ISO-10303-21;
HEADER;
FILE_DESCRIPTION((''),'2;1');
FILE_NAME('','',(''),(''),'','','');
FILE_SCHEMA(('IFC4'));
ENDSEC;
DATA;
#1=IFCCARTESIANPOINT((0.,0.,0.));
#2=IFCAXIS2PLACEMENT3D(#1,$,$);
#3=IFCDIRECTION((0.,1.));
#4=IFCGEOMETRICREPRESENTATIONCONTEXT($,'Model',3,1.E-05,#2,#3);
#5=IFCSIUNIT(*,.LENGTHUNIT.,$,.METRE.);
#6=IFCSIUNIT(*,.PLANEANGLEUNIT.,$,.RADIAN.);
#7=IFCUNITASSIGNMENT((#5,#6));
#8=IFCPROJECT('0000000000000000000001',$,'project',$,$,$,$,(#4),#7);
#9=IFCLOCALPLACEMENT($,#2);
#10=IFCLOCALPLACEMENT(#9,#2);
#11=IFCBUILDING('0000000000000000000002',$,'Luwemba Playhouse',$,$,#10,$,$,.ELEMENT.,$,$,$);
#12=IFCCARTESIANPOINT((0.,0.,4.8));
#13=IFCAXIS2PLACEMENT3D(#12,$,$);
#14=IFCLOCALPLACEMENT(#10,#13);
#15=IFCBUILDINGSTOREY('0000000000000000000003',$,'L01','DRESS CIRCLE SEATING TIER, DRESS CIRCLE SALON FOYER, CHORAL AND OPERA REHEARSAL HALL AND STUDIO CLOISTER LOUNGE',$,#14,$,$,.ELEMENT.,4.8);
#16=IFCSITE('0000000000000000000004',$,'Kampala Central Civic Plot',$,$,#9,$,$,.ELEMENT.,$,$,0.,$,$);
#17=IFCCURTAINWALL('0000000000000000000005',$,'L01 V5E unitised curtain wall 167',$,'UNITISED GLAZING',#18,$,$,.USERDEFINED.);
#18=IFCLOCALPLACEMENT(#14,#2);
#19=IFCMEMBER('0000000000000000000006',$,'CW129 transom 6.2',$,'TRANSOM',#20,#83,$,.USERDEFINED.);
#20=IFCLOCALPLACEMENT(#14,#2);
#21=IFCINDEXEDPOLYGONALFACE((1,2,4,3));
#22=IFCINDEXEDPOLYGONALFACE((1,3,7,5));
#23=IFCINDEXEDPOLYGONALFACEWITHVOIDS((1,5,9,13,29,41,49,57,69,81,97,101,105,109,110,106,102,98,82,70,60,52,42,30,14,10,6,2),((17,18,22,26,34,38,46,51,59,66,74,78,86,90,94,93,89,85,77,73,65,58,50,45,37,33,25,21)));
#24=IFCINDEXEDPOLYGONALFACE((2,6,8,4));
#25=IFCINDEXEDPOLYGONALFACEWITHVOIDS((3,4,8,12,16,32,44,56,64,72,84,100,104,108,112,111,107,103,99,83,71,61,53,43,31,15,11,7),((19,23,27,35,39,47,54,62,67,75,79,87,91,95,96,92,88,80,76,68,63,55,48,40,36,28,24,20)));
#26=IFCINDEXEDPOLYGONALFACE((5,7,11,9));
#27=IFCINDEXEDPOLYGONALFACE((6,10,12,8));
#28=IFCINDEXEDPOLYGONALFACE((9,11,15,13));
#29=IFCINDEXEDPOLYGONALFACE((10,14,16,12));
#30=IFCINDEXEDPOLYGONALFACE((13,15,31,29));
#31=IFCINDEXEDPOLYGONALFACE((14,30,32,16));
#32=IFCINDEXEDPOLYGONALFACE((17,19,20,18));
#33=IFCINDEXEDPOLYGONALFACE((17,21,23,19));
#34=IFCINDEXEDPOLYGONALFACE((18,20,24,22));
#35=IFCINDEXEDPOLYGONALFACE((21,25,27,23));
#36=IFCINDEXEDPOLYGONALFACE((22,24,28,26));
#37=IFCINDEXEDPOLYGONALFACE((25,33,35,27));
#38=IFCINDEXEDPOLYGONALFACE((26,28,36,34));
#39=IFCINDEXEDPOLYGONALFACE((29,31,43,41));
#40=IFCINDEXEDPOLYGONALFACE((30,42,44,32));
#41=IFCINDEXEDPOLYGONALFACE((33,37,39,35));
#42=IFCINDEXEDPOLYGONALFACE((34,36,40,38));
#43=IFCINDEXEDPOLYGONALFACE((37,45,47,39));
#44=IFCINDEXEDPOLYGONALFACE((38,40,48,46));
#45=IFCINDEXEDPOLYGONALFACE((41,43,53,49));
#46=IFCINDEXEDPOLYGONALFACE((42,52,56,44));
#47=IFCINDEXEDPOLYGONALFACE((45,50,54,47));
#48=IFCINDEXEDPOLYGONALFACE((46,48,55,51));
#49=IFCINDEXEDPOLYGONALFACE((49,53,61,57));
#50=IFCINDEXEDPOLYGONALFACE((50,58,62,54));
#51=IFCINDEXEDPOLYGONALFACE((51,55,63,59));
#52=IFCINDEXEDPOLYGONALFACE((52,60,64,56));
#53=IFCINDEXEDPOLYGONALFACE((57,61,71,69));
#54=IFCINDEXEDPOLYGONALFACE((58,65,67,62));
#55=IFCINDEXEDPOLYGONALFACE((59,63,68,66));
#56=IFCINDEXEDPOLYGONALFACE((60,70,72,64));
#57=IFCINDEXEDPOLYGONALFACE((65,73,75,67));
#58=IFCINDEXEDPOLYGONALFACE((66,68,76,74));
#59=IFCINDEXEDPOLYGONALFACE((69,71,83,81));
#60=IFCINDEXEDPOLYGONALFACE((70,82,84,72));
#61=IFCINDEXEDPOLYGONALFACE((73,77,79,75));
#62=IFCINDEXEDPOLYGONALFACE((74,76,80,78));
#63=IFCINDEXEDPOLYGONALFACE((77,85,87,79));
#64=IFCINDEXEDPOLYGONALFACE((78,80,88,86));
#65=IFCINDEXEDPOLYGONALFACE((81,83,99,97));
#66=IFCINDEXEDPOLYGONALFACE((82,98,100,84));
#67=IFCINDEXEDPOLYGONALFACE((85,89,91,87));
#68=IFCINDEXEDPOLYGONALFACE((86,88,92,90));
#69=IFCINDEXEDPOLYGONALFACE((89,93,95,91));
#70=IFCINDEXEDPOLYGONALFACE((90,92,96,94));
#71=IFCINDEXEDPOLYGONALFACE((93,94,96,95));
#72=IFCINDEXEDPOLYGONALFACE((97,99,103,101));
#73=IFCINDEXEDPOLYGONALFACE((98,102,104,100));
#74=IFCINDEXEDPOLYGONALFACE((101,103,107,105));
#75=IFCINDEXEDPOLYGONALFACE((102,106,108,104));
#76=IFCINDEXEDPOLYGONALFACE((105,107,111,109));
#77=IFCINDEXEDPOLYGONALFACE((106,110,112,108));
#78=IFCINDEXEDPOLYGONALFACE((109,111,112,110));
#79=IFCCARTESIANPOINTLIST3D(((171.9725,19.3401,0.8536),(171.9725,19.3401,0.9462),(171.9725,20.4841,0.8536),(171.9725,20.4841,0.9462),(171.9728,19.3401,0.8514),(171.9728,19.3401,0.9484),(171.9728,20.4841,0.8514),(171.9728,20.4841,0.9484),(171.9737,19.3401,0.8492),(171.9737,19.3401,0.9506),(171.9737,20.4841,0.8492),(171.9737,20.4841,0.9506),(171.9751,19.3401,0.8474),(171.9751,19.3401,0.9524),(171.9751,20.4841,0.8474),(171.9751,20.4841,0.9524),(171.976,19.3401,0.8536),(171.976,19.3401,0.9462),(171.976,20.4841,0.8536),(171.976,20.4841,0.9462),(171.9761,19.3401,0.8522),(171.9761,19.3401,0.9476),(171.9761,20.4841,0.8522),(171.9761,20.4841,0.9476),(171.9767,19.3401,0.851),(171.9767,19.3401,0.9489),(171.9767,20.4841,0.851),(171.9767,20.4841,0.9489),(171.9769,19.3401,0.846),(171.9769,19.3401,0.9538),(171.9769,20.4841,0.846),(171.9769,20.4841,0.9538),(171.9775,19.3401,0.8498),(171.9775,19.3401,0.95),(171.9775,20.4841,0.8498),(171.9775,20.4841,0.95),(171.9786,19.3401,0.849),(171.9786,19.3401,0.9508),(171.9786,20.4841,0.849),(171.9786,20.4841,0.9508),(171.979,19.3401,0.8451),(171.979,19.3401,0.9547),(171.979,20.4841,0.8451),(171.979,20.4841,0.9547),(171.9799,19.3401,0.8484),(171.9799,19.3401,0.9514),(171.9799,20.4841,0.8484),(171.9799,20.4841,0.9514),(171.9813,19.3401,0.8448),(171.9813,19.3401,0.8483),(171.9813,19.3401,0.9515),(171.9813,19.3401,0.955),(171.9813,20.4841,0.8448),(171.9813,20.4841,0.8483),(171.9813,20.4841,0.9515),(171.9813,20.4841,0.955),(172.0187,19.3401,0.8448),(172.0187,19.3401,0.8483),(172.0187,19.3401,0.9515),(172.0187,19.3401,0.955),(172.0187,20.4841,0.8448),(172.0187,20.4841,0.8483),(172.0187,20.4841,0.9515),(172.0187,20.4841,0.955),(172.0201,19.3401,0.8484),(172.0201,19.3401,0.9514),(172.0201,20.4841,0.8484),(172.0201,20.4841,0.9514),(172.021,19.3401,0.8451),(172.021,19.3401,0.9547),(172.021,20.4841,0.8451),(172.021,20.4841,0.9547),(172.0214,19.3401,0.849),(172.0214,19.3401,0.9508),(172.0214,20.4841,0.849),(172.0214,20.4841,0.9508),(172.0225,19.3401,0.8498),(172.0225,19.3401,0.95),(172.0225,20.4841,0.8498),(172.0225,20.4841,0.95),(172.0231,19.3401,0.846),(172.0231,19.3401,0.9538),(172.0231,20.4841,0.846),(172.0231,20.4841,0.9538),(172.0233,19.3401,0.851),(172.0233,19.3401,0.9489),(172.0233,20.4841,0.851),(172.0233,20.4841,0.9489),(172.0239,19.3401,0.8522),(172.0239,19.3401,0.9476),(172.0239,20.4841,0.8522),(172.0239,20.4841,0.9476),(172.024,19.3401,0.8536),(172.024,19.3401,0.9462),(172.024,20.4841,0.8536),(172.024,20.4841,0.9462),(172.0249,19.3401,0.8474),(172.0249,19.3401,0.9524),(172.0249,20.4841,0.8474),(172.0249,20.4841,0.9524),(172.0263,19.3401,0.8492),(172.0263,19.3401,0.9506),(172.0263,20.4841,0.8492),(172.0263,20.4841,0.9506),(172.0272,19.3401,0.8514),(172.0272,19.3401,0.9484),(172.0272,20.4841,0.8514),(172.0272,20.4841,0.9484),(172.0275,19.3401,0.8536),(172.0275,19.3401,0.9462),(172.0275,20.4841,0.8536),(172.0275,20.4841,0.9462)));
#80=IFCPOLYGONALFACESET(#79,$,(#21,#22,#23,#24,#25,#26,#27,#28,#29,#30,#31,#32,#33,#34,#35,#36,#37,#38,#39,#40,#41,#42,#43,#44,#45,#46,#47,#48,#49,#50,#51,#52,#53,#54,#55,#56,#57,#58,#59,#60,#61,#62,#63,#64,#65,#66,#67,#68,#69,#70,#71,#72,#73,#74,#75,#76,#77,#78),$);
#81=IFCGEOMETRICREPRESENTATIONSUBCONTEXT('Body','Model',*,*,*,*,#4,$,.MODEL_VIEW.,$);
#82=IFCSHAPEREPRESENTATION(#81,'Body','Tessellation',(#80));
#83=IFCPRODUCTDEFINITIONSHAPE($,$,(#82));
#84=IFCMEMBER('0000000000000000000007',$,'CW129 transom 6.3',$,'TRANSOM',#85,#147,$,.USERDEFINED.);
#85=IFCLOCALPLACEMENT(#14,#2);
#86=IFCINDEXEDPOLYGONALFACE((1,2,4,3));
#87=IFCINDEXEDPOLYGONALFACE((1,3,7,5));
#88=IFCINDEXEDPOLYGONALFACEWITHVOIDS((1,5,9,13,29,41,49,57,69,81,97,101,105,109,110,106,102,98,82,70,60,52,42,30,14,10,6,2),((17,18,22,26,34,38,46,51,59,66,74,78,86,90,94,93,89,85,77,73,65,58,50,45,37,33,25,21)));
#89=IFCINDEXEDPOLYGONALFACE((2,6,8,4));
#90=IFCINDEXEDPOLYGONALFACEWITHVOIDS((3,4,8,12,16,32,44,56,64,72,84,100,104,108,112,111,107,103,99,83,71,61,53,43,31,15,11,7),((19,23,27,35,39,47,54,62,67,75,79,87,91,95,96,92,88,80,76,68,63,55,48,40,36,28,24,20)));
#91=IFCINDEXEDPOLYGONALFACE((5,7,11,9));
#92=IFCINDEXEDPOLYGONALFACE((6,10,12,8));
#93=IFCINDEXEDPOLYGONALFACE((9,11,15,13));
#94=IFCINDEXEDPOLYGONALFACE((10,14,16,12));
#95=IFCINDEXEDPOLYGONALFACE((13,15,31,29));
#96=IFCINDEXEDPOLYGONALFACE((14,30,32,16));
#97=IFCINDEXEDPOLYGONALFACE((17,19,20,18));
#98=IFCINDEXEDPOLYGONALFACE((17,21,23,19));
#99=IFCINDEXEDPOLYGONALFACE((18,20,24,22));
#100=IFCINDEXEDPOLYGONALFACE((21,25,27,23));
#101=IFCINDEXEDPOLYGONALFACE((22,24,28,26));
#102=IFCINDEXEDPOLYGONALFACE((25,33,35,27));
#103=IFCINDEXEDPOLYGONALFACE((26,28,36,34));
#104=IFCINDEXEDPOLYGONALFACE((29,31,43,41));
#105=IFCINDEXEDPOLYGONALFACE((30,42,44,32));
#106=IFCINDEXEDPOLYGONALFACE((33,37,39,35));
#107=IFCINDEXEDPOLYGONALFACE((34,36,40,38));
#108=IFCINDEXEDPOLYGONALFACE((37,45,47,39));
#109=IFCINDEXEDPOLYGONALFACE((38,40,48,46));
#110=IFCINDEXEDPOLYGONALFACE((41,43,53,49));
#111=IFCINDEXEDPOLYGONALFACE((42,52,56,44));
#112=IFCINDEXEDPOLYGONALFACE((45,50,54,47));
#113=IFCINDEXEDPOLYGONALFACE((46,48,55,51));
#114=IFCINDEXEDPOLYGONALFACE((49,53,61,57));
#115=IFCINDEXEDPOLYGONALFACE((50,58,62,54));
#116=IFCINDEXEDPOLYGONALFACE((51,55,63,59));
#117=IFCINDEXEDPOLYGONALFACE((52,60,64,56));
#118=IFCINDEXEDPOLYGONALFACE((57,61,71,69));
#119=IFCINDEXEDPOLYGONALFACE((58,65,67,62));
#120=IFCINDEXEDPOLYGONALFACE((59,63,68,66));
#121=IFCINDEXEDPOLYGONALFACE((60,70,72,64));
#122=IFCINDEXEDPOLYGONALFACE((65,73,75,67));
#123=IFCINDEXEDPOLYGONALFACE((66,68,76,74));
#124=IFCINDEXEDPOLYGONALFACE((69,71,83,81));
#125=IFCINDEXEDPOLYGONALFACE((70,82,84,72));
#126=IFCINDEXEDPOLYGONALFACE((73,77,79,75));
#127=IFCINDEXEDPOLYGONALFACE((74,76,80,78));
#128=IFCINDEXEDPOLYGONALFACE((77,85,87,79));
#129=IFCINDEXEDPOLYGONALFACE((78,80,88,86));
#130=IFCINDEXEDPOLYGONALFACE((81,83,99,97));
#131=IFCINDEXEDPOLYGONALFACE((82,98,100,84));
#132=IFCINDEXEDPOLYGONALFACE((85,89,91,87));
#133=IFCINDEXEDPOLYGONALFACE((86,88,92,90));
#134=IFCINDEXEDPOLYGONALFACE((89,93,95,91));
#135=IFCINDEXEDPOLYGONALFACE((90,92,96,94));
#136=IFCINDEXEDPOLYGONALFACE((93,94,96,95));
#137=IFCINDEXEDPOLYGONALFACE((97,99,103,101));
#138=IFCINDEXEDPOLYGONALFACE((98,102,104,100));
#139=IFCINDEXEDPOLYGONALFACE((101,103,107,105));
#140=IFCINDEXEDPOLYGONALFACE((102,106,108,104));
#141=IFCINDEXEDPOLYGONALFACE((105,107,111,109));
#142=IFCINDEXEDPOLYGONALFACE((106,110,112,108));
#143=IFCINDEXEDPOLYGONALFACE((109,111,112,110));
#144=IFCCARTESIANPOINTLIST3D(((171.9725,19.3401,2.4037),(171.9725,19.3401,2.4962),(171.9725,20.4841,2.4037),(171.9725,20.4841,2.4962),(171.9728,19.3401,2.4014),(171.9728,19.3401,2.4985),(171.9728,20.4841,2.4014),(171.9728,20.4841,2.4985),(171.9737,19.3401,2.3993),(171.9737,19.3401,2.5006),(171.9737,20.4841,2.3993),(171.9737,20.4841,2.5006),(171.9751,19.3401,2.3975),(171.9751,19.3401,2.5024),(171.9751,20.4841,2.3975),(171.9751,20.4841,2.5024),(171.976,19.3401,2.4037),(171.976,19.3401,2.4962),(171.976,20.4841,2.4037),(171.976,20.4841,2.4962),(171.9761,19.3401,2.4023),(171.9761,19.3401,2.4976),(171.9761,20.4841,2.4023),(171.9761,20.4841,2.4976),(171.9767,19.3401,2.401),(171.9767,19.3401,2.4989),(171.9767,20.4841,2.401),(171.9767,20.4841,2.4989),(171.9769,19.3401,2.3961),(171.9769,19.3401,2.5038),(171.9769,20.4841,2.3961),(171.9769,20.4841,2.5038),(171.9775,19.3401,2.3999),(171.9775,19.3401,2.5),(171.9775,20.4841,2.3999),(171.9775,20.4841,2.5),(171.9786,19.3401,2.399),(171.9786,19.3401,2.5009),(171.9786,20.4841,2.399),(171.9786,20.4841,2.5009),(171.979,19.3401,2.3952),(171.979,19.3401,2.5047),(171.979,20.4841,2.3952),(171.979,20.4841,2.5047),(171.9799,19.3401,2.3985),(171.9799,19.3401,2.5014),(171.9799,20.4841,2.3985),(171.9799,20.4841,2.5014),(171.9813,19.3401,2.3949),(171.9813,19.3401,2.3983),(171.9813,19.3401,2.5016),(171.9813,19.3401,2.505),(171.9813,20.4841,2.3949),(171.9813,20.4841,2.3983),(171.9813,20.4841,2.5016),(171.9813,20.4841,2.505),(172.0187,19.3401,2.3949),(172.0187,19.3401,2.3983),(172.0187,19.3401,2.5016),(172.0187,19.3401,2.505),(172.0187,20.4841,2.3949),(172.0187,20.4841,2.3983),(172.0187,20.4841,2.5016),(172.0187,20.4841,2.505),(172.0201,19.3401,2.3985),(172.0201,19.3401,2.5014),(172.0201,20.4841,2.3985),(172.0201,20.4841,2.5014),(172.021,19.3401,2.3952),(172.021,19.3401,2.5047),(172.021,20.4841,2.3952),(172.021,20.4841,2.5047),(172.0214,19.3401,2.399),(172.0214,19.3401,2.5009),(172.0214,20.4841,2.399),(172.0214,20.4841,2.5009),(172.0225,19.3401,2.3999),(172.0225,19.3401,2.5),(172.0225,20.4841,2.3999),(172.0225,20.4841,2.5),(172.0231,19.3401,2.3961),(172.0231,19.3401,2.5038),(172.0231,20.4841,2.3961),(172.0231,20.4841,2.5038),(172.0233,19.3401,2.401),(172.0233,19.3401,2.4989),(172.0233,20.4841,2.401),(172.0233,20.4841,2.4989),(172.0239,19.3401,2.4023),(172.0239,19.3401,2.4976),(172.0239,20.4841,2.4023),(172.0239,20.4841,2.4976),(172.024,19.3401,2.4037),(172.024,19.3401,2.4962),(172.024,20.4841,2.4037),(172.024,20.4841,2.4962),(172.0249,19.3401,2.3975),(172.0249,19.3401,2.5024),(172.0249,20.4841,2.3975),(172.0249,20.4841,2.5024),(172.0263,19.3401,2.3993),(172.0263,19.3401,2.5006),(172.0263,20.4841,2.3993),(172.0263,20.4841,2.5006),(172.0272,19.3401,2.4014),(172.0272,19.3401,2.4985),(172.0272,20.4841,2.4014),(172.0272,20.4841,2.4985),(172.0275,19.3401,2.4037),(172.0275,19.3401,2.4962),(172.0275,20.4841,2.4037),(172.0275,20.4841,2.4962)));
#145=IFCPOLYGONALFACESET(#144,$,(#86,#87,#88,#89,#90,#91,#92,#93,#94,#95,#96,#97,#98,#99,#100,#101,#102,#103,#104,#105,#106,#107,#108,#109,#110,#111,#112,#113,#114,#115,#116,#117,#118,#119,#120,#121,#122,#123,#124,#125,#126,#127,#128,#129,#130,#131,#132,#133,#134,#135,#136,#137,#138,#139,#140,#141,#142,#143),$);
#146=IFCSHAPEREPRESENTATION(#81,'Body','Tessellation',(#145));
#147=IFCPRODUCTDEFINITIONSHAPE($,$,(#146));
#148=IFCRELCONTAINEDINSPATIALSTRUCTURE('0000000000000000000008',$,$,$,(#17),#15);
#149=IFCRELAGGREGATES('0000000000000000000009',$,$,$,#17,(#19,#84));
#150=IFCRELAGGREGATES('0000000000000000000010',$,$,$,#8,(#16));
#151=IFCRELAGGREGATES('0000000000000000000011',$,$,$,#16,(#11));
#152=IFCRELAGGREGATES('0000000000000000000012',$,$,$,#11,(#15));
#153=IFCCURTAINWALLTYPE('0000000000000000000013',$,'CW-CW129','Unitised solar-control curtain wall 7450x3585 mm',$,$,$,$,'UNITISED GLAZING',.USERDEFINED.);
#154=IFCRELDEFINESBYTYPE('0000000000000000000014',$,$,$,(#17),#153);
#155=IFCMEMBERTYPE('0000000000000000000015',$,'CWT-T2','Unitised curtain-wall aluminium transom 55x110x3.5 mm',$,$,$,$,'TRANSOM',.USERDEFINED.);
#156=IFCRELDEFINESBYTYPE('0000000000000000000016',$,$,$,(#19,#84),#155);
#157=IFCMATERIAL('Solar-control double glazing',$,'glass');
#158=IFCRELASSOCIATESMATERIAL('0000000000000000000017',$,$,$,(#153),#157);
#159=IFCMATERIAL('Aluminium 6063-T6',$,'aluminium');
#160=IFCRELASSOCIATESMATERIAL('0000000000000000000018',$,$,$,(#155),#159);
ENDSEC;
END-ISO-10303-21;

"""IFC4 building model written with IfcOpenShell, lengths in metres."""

from ifc_helpers import new_model, si_unit, direction, frame, origin, origin_2d, place, context, subcontext, project, spatial, hollow_rectangle, extrude, material, material_profile, profile_set, type_object, element, aggregate, save


model = new_model("IFC4")

# Units and contexts
model_context = context("Model", 3, precision=1e-05, world=origin(), true_north=direction((0.0, 1.0)))
body_context = subcontext(model_context, "Body", "Model", "MODEL_VIEW")
ifc_project = project(units=[si_unit("LENGTHUNIT", "METRE"), si_unit("PLANEANGLEUNIT", "RADIAN")], contexts=[model_context])

# Site, building, storey
site_placement = place(None, origin())
site = spatial("IfcSite", under=ifc_project, at=site_placement, Name="Kampala Central Civic Plot", CompositionType="ELEMENT", RefElevation=0.0)
building_placement = place(site_placement, origin())
building = spatial("IfcBuilding", under=site, at=building_placement, Name="Luwemba Playhouse", CompositionType="ELEMENT")
storey_placement = place(building_placement, frame((0.0, 0.0, 4.8)))
storey = spatial("IfcBuildingStorey", under=building, at=storey_placement, Name="L01", Description="DRESS CIRCLE SEATING TIER, DRESS CIRCLE SALON FOYER, CHORAL AND OPERA REHEARSAL HALL AND STUDIO CLOISTER LOUNGE", CompositionType="ELEMENT", Elevation=4.8)

# Curtain wall
ifc_material_1 = material(Name="Solar-control double glazing", Category="glass")
curtain_wall_type_1 = type_object("IfcCurtainWallType", Name="CW-CW129", Description="Unitised solar-control curtain wall 7450x3585 mm", ElementType="UNITISED GLAZING", PredefinedType="USERDEFINED", material=ifc_material_1)
curtain_wall_1_placement = place(storey_placement, origin())
curtain_wall_1 = element("IfcCurtainWall", 1, at=curtain_wall_1_placement, inside=storey, type_object=curtain_wall_type_1, Name="L01 V5E unitised curtain wall 167", ObjectType="UNITISED GLAZING", PredefinedType="USERDEFINED")
ifc_material_2 = material(Name="Aluminium 6063-T6", Category="aluminium")

# Members
ifc_material_profile_1 = material_profile(ifc_material_2, hollow_rectangle(XDim=0.0549, YDim=0.1101, WallThickness=0.0034, InnerFilletRadius=0.0054, OuterFilletRadius=0.0088, at=origin_2d()))
ifc_profile_set_1 = profile_set([ifc_material_profile_1], Name="Aluminium 6063-T6")
member_type_1 = type_object("IfcMemberType", Name="CWT-T2", Description="Unitised curtain-wall aluminium transom 55x110x3.5 mm", ElementType="TRANSOM", PredefinedType="USERDEFINED", material=ifc_profile_set_1)
member_1_placement = place(storey_placement, frame((172.0, 20.4841, 0.8999), z_axis=(0.0, -1.0, 0.0), x_axis=(1.0, 0.0, 0.0)))
member_1 = element("IfcMember", 2, at=member_1_placement, type_object=member_type_1, Name="CW129 transom 6.2", ObjectType="TRANSOM", PredefinedType="USERDEFINED", context=body_context, shape_type="SweptSolid", body=[
    extrude(hollow_rectangle(XDim=0.0549, YDim=0.1101, WallThickness=0.0034, InnerFilletRadius=0.0054, OuterFilletRadius=0.0088, at=origin_2d()), origin(), (0.0, 0.0, 1.0), 1.144),
])
member_2_placement = place(storey_placement, frame((172.0, 20.4841, 2.45), z_axis=(0.0, -1.0, 0.0), x_axis=(1.0, 0.0, 0.0)))
member_2 = element("IfcMember", 3, at=member_2_placement, type_object=member_type_1, Name="CW129 transom 6.3", ObjectType="TRANSOM", PredefinedType="USERDEFINED", context=body_context, shape_type="SweptSolid", body=[
    extrude(hollow_rectangle(XDim=0.0549, YDim=0.1101, WallThickness=0.0034, InnerFilletRadius=0.0054, OuterFilletRadius=0.0088, at=origin_2d()), origin(), (0.0, 0.0, 1.0), 1.144),
])

aggregate(curtain_wall_1, [member_1, member_2])

save(model, "model.ifc")
